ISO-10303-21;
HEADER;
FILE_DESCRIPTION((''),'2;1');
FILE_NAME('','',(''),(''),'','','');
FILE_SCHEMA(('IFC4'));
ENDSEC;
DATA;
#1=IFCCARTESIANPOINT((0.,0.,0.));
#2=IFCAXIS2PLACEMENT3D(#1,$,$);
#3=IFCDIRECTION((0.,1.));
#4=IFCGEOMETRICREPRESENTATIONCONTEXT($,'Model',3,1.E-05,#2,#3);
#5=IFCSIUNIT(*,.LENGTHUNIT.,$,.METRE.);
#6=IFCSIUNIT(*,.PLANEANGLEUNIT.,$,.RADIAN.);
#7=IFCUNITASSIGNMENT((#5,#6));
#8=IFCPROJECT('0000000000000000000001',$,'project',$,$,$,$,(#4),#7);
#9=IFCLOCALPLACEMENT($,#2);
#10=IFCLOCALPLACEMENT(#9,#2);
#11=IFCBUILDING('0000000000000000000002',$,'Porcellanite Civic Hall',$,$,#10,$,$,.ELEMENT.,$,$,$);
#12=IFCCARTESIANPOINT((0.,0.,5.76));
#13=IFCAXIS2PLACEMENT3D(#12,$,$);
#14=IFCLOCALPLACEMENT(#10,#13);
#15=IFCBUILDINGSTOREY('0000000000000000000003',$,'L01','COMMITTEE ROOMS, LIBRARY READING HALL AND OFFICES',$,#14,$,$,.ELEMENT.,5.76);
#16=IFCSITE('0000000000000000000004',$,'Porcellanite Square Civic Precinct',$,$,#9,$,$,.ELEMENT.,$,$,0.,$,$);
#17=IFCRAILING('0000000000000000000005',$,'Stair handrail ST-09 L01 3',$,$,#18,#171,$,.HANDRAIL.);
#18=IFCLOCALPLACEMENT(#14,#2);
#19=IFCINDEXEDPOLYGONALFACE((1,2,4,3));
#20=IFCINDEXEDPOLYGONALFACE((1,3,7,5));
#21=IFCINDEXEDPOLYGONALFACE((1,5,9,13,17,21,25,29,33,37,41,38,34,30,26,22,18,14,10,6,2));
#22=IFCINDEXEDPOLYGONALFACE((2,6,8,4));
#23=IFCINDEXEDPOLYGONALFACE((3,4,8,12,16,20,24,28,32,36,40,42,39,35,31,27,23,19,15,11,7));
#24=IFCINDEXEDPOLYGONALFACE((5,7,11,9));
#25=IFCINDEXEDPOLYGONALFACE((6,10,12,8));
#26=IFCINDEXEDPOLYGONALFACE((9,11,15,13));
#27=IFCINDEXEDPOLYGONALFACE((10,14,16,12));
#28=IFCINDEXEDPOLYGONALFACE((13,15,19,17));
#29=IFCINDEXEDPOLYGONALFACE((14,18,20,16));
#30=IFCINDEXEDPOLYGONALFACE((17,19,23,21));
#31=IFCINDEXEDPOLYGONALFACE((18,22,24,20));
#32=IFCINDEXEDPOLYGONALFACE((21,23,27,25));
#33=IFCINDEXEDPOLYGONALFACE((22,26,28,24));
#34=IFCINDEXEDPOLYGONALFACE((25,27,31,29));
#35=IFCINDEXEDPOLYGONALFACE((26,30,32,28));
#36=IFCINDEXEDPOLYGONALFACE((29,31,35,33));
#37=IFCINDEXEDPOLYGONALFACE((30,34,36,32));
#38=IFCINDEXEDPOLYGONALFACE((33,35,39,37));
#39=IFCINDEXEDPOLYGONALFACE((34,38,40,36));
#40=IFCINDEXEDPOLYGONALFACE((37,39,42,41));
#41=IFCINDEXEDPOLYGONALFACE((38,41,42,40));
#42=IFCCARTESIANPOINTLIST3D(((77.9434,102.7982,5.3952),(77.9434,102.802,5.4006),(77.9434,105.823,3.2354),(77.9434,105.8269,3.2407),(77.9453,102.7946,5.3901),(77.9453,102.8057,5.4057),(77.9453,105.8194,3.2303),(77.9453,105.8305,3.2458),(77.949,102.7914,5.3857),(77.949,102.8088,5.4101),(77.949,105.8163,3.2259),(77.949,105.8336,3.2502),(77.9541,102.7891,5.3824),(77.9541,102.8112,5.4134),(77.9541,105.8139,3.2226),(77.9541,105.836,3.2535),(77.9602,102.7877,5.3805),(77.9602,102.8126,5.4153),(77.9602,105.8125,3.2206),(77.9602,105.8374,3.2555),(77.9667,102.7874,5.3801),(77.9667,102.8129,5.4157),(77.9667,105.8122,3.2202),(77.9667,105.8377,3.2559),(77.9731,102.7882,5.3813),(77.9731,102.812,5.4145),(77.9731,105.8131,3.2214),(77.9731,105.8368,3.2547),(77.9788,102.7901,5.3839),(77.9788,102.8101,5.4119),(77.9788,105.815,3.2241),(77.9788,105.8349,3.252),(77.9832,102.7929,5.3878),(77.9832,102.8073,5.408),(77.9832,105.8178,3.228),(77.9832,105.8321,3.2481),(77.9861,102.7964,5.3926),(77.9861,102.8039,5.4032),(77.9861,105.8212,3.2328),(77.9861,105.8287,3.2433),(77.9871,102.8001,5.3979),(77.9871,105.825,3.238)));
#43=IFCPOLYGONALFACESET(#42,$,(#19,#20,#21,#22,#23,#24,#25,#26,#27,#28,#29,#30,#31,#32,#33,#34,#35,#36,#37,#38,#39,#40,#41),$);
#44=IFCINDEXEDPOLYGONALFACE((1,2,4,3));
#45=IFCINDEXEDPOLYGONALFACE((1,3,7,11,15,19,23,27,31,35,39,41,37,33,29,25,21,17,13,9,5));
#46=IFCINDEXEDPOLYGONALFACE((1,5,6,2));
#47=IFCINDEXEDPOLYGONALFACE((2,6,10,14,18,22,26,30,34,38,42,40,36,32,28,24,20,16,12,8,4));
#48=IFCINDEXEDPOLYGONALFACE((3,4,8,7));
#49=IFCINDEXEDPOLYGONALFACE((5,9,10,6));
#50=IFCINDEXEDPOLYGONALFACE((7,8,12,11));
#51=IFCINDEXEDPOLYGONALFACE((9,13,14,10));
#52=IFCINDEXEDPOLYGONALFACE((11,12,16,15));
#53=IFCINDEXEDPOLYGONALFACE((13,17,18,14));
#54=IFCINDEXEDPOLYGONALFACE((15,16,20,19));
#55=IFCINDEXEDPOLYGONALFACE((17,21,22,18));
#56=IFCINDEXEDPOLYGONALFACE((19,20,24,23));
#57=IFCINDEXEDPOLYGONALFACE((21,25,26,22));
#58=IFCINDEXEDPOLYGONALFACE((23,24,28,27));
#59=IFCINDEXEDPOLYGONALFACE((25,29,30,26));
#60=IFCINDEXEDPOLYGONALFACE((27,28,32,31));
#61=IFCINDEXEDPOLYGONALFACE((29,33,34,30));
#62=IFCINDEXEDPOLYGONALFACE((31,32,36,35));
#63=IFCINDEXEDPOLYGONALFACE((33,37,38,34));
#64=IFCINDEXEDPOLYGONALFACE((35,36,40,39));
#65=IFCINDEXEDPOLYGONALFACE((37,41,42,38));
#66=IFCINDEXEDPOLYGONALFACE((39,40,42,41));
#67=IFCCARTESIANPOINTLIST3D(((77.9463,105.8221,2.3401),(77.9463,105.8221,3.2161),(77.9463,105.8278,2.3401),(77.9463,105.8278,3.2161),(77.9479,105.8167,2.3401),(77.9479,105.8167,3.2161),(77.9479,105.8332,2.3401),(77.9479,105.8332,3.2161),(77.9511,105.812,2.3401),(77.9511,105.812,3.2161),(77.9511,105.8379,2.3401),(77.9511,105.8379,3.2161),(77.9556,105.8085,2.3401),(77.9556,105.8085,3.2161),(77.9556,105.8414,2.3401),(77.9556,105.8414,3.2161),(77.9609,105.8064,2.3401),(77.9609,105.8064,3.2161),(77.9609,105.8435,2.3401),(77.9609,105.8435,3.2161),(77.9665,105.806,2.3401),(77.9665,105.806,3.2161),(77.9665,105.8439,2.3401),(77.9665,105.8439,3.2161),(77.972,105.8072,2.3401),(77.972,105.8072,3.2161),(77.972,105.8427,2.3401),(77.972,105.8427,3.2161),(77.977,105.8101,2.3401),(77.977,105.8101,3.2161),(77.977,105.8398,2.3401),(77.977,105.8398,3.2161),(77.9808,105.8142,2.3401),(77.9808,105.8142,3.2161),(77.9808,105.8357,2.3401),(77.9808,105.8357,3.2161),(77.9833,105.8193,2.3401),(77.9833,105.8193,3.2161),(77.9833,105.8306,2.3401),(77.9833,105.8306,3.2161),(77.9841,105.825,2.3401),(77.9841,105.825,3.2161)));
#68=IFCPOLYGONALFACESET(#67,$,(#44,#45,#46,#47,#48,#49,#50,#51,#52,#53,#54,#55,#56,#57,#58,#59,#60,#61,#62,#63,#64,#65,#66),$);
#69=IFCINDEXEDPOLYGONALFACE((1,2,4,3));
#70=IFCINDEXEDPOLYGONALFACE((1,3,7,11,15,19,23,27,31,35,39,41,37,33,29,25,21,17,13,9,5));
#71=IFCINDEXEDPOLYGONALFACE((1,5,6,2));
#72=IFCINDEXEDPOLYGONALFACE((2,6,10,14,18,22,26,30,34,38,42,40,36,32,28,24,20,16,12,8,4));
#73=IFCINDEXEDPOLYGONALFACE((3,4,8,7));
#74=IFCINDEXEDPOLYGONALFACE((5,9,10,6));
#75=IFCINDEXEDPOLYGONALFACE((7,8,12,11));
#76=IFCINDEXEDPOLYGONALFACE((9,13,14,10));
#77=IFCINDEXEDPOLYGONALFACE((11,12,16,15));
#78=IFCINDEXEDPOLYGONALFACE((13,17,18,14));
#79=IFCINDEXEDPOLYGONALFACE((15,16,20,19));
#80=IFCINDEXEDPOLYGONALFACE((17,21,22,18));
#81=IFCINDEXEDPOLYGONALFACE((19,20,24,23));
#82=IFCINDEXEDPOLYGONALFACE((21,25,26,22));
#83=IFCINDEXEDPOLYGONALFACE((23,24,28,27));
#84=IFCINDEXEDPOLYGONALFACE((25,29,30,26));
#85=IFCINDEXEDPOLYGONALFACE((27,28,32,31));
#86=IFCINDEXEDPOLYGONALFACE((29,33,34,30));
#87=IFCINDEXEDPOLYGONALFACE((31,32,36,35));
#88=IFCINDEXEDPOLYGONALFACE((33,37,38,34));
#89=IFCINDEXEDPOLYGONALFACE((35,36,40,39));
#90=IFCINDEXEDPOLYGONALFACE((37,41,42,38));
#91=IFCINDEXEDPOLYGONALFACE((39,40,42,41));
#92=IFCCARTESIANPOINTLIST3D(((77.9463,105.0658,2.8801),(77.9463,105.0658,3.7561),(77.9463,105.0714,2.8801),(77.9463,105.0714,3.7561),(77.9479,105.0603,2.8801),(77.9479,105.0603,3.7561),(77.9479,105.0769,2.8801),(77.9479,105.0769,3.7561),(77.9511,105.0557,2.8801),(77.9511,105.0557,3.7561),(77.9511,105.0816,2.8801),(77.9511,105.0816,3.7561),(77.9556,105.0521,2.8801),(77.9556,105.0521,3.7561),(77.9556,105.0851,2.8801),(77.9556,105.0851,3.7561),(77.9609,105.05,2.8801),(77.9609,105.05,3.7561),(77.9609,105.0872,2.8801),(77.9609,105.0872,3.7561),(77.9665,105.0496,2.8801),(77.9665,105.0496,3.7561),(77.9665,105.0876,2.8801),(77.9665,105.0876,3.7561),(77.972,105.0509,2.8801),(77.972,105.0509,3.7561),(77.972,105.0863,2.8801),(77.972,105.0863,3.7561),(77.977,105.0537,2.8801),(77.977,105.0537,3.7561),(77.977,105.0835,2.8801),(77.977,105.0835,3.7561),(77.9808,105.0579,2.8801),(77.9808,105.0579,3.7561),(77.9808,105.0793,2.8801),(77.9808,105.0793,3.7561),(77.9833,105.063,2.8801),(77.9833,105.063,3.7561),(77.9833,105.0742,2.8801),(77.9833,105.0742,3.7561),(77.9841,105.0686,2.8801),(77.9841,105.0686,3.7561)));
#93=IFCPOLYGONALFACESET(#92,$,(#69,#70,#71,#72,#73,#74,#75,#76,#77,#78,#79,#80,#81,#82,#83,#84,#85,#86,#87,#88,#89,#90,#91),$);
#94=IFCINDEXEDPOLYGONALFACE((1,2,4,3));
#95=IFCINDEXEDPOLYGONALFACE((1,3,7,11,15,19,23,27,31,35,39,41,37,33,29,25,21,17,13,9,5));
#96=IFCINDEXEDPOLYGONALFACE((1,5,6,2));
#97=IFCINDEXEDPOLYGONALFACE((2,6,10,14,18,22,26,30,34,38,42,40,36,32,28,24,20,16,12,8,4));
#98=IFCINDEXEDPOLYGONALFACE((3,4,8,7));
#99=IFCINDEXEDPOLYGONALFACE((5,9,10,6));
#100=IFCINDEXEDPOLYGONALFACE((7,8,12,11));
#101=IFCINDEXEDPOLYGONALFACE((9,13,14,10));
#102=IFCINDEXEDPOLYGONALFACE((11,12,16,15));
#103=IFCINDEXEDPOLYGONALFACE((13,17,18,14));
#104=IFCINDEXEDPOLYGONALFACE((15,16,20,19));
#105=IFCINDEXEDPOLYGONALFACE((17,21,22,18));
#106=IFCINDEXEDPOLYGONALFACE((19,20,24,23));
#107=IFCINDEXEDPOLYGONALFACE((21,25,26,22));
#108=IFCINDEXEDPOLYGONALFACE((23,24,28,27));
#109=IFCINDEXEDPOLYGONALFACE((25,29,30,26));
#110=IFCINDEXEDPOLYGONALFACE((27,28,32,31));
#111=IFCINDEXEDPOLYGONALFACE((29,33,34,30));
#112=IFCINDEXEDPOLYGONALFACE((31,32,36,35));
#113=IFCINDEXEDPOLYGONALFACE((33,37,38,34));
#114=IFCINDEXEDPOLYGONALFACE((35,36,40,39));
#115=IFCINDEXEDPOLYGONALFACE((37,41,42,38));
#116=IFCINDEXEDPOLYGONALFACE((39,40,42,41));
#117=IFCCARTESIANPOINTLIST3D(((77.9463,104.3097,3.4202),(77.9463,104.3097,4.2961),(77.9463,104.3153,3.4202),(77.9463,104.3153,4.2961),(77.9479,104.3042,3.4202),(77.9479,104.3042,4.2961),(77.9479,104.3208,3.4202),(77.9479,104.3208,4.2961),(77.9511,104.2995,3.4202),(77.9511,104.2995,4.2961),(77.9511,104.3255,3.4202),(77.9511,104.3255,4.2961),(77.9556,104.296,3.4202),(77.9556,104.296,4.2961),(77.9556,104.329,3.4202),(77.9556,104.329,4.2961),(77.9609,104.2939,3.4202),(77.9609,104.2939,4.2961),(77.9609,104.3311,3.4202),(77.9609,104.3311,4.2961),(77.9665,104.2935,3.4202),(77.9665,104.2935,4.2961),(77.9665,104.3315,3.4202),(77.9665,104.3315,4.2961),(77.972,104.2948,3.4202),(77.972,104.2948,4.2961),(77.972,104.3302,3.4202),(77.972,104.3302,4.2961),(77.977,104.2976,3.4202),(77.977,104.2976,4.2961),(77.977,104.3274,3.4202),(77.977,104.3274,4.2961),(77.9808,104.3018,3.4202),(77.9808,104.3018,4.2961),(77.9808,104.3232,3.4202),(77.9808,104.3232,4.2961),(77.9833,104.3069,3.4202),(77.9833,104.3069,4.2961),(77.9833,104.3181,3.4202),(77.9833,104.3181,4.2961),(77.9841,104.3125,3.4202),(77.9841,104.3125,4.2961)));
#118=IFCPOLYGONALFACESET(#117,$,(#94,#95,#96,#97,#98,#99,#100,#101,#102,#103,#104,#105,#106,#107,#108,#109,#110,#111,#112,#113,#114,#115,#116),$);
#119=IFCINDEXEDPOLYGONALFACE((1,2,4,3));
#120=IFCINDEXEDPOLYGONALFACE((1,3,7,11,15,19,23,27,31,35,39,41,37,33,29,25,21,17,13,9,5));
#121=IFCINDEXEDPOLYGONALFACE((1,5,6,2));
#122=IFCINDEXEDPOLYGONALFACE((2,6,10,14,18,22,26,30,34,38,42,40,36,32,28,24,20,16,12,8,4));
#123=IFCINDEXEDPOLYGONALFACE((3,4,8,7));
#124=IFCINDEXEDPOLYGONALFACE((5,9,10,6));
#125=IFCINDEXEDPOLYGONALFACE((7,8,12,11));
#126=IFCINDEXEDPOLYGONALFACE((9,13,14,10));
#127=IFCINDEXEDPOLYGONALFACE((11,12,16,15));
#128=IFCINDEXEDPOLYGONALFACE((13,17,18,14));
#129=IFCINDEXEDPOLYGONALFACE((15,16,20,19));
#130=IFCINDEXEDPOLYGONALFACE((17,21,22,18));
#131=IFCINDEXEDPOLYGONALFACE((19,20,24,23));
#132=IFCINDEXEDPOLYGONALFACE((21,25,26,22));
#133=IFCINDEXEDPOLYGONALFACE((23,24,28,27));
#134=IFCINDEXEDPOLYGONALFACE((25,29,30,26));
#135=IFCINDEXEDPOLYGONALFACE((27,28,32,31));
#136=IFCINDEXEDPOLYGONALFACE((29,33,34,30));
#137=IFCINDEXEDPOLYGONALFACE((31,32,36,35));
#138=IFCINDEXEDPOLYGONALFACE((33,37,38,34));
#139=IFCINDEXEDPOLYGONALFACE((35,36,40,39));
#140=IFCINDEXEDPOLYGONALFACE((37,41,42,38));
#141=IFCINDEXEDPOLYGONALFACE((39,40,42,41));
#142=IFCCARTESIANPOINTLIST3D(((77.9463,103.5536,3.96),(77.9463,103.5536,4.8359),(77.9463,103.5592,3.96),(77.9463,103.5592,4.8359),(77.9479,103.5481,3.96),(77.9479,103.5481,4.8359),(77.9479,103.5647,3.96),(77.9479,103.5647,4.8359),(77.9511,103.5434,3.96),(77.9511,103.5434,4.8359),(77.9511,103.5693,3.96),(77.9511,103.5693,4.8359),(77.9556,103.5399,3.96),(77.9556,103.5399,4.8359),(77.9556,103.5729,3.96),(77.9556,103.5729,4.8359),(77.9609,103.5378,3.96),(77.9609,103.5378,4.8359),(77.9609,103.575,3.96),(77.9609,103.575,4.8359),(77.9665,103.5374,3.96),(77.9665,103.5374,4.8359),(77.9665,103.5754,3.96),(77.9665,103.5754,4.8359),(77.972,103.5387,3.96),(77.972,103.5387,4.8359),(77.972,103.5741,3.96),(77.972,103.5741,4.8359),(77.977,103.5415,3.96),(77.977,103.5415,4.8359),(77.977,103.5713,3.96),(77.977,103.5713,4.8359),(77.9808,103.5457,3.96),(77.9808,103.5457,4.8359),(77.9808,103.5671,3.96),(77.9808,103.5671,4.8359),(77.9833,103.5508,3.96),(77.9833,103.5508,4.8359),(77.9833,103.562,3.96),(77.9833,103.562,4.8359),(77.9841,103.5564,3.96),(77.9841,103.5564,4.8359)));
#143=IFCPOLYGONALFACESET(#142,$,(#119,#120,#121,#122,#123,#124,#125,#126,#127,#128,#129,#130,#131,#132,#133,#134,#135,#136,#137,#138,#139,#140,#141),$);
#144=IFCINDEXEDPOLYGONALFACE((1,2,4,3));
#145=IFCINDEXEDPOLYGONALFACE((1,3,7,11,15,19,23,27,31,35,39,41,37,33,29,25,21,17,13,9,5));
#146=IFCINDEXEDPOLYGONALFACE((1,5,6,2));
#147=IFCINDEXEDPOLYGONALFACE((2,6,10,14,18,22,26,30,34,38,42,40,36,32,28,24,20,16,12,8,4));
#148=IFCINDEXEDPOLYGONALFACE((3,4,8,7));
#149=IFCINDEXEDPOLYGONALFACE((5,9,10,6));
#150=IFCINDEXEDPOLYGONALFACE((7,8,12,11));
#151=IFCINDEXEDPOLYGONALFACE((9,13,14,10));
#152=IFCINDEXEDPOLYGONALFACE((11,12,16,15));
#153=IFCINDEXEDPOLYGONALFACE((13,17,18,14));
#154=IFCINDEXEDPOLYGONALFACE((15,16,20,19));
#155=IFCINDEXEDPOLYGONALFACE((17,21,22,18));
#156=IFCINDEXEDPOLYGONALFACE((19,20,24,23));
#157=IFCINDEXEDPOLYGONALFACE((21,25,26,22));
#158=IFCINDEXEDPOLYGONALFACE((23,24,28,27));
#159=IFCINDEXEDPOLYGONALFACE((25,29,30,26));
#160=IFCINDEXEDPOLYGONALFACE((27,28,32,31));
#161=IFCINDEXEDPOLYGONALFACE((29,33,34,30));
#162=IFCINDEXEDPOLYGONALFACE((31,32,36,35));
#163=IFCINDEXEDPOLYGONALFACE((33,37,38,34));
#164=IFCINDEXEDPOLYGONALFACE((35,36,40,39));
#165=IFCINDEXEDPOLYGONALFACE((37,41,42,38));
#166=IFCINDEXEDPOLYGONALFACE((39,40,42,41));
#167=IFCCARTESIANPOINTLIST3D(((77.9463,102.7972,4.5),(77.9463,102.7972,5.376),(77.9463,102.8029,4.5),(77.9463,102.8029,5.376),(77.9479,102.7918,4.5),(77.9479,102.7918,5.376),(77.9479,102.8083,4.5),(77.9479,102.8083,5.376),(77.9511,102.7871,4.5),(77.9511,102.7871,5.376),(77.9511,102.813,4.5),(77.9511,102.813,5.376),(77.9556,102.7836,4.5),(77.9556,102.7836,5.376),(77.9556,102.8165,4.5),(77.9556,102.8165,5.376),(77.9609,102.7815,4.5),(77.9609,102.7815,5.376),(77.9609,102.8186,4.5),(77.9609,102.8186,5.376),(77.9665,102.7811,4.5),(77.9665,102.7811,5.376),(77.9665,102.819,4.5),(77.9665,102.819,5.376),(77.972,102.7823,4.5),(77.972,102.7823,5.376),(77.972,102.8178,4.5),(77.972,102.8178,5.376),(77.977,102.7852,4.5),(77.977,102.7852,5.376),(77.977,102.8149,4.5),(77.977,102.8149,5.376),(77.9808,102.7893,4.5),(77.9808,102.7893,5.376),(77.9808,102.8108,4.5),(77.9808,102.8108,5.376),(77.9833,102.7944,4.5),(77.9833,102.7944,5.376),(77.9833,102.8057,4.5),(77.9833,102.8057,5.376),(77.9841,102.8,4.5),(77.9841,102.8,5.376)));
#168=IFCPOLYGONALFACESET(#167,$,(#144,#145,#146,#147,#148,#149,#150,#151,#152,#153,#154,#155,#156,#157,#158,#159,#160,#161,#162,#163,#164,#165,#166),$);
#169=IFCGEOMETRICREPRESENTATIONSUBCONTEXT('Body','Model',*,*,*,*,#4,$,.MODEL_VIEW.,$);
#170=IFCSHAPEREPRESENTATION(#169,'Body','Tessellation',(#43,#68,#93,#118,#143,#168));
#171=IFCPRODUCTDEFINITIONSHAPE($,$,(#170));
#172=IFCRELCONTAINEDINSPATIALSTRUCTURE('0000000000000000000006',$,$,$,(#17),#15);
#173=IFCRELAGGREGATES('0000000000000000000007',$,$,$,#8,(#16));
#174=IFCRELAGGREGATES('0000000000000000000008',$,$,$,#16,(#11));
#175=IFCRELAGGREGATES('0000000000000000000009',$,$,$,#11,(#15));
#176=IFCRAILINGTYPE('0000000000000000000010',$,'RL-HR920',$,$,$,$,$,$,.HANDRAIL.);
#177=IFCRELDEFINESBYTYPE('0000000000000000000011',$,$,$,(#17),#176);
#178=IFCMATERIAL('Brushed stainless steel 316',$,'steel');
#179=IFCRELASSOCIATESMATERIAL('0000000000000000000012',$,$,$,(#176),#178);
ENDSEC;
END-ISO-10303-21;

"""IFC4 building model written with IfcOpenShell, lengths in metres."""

from ifc_helpers import new_model, si_unit, direction, frame, origin, origin_2d, place, context, subcontext, project, spatial, circle, extrude, material, type_object, element, save


model = new_model("IFC4")

# Units and contexts
model_context = context("Model", 3, precision=1e-05, world=origin(), true_north=direction((0.0, 1.0)))
body_context = subcontext(model_context, "Body", "Model", "MODEL_VIEW")
ifc_project = project(units=[si_unit("LENGTHUNIT", "METRE"), si_unit("PLANEANGLEUNIT", "RADIAN")], contexts=[model_context])

# Site, building, storey
site_placement = place(None, origin())
site = spatial("IfcSite", under=ifc_project, at=site_placement, Name="Porcellanite Square Civic Precinct", CompositionType="ELEMENT", RefElevation=0.0)
building_placement = place(site_placement, origin())
building = spatial("IfcBuilding", under=site, at=building_placement, Name="Porcellanite Civic Hall", CompositionType="ELEMENT")
storey_placement = place(building_placement, frame((0.0, 0.0, 5.76)))
storey = spatial("IfcBuildingStorey", under=building, at=storey_placement, Name="L01", Description="COMMITTEE ROOMS, LIBRARY READING HALL AND OFFICES", CompositionType="ELEMENT", Elevation=5.76)

# Railing
ifc_material_1 = material(Name="Brushed stainless steel 316", Category="steel")
railing_type_1 = type_object("IfcRailingType", Name="RL-HR920", PredefinedType="HANDRAIL", material=ifc_material_1)
railing_1_placement = place(storey_placement, frame((77.9651, 105.825, 2.3401)))
element("IfcRailing", 1, at=railing_1_placement, inside=storey, type_object=railing_type_1, Name="Stair handrail ST-09 L01 3", PredefinedType="HANDRAIL", context=body_context, shape_type="SweptSolid", body=[
    extrude(circle(Radius=0.022, at=origin_2d()), frame((0.0, 0.0, 0.8979), z_axis=(0.0, -0.813827, 0.581108), x_axis=(1.0, 0.0, 0.0)), (0.0, 0.0, 1.0), 3.7168),
    extrude(circle(Radius=0.019, at=origin_2d()), origin(), (0.0, 0.0, 1.0), 0.876),
    extrude(circle(Radius=0.019, at=origin_2d()), frame((0.0, -0.7563, 0.54)), (0.0, 0.0, 1.0), 0.876),
    extrude(circle(Radius=0.019, at=origin_2d()), frame((0.0, -1.5125, 1.0801)), (0.0, 0.0, 1.0), 0.876),
    extrude(circle(Radius=0.019, at=origin_2d()), frame((0.0, -2.2686, 1.6199)), (0.0, 0.0, 1.0), 0.876),
    extrude(circle(Radius=0.019, at=origin_2d()), frame((0.0, -3.0249, 2.1599)), (0.0, 0.0, 1.0), 0.876),
])

save(model, "model.ifc")
